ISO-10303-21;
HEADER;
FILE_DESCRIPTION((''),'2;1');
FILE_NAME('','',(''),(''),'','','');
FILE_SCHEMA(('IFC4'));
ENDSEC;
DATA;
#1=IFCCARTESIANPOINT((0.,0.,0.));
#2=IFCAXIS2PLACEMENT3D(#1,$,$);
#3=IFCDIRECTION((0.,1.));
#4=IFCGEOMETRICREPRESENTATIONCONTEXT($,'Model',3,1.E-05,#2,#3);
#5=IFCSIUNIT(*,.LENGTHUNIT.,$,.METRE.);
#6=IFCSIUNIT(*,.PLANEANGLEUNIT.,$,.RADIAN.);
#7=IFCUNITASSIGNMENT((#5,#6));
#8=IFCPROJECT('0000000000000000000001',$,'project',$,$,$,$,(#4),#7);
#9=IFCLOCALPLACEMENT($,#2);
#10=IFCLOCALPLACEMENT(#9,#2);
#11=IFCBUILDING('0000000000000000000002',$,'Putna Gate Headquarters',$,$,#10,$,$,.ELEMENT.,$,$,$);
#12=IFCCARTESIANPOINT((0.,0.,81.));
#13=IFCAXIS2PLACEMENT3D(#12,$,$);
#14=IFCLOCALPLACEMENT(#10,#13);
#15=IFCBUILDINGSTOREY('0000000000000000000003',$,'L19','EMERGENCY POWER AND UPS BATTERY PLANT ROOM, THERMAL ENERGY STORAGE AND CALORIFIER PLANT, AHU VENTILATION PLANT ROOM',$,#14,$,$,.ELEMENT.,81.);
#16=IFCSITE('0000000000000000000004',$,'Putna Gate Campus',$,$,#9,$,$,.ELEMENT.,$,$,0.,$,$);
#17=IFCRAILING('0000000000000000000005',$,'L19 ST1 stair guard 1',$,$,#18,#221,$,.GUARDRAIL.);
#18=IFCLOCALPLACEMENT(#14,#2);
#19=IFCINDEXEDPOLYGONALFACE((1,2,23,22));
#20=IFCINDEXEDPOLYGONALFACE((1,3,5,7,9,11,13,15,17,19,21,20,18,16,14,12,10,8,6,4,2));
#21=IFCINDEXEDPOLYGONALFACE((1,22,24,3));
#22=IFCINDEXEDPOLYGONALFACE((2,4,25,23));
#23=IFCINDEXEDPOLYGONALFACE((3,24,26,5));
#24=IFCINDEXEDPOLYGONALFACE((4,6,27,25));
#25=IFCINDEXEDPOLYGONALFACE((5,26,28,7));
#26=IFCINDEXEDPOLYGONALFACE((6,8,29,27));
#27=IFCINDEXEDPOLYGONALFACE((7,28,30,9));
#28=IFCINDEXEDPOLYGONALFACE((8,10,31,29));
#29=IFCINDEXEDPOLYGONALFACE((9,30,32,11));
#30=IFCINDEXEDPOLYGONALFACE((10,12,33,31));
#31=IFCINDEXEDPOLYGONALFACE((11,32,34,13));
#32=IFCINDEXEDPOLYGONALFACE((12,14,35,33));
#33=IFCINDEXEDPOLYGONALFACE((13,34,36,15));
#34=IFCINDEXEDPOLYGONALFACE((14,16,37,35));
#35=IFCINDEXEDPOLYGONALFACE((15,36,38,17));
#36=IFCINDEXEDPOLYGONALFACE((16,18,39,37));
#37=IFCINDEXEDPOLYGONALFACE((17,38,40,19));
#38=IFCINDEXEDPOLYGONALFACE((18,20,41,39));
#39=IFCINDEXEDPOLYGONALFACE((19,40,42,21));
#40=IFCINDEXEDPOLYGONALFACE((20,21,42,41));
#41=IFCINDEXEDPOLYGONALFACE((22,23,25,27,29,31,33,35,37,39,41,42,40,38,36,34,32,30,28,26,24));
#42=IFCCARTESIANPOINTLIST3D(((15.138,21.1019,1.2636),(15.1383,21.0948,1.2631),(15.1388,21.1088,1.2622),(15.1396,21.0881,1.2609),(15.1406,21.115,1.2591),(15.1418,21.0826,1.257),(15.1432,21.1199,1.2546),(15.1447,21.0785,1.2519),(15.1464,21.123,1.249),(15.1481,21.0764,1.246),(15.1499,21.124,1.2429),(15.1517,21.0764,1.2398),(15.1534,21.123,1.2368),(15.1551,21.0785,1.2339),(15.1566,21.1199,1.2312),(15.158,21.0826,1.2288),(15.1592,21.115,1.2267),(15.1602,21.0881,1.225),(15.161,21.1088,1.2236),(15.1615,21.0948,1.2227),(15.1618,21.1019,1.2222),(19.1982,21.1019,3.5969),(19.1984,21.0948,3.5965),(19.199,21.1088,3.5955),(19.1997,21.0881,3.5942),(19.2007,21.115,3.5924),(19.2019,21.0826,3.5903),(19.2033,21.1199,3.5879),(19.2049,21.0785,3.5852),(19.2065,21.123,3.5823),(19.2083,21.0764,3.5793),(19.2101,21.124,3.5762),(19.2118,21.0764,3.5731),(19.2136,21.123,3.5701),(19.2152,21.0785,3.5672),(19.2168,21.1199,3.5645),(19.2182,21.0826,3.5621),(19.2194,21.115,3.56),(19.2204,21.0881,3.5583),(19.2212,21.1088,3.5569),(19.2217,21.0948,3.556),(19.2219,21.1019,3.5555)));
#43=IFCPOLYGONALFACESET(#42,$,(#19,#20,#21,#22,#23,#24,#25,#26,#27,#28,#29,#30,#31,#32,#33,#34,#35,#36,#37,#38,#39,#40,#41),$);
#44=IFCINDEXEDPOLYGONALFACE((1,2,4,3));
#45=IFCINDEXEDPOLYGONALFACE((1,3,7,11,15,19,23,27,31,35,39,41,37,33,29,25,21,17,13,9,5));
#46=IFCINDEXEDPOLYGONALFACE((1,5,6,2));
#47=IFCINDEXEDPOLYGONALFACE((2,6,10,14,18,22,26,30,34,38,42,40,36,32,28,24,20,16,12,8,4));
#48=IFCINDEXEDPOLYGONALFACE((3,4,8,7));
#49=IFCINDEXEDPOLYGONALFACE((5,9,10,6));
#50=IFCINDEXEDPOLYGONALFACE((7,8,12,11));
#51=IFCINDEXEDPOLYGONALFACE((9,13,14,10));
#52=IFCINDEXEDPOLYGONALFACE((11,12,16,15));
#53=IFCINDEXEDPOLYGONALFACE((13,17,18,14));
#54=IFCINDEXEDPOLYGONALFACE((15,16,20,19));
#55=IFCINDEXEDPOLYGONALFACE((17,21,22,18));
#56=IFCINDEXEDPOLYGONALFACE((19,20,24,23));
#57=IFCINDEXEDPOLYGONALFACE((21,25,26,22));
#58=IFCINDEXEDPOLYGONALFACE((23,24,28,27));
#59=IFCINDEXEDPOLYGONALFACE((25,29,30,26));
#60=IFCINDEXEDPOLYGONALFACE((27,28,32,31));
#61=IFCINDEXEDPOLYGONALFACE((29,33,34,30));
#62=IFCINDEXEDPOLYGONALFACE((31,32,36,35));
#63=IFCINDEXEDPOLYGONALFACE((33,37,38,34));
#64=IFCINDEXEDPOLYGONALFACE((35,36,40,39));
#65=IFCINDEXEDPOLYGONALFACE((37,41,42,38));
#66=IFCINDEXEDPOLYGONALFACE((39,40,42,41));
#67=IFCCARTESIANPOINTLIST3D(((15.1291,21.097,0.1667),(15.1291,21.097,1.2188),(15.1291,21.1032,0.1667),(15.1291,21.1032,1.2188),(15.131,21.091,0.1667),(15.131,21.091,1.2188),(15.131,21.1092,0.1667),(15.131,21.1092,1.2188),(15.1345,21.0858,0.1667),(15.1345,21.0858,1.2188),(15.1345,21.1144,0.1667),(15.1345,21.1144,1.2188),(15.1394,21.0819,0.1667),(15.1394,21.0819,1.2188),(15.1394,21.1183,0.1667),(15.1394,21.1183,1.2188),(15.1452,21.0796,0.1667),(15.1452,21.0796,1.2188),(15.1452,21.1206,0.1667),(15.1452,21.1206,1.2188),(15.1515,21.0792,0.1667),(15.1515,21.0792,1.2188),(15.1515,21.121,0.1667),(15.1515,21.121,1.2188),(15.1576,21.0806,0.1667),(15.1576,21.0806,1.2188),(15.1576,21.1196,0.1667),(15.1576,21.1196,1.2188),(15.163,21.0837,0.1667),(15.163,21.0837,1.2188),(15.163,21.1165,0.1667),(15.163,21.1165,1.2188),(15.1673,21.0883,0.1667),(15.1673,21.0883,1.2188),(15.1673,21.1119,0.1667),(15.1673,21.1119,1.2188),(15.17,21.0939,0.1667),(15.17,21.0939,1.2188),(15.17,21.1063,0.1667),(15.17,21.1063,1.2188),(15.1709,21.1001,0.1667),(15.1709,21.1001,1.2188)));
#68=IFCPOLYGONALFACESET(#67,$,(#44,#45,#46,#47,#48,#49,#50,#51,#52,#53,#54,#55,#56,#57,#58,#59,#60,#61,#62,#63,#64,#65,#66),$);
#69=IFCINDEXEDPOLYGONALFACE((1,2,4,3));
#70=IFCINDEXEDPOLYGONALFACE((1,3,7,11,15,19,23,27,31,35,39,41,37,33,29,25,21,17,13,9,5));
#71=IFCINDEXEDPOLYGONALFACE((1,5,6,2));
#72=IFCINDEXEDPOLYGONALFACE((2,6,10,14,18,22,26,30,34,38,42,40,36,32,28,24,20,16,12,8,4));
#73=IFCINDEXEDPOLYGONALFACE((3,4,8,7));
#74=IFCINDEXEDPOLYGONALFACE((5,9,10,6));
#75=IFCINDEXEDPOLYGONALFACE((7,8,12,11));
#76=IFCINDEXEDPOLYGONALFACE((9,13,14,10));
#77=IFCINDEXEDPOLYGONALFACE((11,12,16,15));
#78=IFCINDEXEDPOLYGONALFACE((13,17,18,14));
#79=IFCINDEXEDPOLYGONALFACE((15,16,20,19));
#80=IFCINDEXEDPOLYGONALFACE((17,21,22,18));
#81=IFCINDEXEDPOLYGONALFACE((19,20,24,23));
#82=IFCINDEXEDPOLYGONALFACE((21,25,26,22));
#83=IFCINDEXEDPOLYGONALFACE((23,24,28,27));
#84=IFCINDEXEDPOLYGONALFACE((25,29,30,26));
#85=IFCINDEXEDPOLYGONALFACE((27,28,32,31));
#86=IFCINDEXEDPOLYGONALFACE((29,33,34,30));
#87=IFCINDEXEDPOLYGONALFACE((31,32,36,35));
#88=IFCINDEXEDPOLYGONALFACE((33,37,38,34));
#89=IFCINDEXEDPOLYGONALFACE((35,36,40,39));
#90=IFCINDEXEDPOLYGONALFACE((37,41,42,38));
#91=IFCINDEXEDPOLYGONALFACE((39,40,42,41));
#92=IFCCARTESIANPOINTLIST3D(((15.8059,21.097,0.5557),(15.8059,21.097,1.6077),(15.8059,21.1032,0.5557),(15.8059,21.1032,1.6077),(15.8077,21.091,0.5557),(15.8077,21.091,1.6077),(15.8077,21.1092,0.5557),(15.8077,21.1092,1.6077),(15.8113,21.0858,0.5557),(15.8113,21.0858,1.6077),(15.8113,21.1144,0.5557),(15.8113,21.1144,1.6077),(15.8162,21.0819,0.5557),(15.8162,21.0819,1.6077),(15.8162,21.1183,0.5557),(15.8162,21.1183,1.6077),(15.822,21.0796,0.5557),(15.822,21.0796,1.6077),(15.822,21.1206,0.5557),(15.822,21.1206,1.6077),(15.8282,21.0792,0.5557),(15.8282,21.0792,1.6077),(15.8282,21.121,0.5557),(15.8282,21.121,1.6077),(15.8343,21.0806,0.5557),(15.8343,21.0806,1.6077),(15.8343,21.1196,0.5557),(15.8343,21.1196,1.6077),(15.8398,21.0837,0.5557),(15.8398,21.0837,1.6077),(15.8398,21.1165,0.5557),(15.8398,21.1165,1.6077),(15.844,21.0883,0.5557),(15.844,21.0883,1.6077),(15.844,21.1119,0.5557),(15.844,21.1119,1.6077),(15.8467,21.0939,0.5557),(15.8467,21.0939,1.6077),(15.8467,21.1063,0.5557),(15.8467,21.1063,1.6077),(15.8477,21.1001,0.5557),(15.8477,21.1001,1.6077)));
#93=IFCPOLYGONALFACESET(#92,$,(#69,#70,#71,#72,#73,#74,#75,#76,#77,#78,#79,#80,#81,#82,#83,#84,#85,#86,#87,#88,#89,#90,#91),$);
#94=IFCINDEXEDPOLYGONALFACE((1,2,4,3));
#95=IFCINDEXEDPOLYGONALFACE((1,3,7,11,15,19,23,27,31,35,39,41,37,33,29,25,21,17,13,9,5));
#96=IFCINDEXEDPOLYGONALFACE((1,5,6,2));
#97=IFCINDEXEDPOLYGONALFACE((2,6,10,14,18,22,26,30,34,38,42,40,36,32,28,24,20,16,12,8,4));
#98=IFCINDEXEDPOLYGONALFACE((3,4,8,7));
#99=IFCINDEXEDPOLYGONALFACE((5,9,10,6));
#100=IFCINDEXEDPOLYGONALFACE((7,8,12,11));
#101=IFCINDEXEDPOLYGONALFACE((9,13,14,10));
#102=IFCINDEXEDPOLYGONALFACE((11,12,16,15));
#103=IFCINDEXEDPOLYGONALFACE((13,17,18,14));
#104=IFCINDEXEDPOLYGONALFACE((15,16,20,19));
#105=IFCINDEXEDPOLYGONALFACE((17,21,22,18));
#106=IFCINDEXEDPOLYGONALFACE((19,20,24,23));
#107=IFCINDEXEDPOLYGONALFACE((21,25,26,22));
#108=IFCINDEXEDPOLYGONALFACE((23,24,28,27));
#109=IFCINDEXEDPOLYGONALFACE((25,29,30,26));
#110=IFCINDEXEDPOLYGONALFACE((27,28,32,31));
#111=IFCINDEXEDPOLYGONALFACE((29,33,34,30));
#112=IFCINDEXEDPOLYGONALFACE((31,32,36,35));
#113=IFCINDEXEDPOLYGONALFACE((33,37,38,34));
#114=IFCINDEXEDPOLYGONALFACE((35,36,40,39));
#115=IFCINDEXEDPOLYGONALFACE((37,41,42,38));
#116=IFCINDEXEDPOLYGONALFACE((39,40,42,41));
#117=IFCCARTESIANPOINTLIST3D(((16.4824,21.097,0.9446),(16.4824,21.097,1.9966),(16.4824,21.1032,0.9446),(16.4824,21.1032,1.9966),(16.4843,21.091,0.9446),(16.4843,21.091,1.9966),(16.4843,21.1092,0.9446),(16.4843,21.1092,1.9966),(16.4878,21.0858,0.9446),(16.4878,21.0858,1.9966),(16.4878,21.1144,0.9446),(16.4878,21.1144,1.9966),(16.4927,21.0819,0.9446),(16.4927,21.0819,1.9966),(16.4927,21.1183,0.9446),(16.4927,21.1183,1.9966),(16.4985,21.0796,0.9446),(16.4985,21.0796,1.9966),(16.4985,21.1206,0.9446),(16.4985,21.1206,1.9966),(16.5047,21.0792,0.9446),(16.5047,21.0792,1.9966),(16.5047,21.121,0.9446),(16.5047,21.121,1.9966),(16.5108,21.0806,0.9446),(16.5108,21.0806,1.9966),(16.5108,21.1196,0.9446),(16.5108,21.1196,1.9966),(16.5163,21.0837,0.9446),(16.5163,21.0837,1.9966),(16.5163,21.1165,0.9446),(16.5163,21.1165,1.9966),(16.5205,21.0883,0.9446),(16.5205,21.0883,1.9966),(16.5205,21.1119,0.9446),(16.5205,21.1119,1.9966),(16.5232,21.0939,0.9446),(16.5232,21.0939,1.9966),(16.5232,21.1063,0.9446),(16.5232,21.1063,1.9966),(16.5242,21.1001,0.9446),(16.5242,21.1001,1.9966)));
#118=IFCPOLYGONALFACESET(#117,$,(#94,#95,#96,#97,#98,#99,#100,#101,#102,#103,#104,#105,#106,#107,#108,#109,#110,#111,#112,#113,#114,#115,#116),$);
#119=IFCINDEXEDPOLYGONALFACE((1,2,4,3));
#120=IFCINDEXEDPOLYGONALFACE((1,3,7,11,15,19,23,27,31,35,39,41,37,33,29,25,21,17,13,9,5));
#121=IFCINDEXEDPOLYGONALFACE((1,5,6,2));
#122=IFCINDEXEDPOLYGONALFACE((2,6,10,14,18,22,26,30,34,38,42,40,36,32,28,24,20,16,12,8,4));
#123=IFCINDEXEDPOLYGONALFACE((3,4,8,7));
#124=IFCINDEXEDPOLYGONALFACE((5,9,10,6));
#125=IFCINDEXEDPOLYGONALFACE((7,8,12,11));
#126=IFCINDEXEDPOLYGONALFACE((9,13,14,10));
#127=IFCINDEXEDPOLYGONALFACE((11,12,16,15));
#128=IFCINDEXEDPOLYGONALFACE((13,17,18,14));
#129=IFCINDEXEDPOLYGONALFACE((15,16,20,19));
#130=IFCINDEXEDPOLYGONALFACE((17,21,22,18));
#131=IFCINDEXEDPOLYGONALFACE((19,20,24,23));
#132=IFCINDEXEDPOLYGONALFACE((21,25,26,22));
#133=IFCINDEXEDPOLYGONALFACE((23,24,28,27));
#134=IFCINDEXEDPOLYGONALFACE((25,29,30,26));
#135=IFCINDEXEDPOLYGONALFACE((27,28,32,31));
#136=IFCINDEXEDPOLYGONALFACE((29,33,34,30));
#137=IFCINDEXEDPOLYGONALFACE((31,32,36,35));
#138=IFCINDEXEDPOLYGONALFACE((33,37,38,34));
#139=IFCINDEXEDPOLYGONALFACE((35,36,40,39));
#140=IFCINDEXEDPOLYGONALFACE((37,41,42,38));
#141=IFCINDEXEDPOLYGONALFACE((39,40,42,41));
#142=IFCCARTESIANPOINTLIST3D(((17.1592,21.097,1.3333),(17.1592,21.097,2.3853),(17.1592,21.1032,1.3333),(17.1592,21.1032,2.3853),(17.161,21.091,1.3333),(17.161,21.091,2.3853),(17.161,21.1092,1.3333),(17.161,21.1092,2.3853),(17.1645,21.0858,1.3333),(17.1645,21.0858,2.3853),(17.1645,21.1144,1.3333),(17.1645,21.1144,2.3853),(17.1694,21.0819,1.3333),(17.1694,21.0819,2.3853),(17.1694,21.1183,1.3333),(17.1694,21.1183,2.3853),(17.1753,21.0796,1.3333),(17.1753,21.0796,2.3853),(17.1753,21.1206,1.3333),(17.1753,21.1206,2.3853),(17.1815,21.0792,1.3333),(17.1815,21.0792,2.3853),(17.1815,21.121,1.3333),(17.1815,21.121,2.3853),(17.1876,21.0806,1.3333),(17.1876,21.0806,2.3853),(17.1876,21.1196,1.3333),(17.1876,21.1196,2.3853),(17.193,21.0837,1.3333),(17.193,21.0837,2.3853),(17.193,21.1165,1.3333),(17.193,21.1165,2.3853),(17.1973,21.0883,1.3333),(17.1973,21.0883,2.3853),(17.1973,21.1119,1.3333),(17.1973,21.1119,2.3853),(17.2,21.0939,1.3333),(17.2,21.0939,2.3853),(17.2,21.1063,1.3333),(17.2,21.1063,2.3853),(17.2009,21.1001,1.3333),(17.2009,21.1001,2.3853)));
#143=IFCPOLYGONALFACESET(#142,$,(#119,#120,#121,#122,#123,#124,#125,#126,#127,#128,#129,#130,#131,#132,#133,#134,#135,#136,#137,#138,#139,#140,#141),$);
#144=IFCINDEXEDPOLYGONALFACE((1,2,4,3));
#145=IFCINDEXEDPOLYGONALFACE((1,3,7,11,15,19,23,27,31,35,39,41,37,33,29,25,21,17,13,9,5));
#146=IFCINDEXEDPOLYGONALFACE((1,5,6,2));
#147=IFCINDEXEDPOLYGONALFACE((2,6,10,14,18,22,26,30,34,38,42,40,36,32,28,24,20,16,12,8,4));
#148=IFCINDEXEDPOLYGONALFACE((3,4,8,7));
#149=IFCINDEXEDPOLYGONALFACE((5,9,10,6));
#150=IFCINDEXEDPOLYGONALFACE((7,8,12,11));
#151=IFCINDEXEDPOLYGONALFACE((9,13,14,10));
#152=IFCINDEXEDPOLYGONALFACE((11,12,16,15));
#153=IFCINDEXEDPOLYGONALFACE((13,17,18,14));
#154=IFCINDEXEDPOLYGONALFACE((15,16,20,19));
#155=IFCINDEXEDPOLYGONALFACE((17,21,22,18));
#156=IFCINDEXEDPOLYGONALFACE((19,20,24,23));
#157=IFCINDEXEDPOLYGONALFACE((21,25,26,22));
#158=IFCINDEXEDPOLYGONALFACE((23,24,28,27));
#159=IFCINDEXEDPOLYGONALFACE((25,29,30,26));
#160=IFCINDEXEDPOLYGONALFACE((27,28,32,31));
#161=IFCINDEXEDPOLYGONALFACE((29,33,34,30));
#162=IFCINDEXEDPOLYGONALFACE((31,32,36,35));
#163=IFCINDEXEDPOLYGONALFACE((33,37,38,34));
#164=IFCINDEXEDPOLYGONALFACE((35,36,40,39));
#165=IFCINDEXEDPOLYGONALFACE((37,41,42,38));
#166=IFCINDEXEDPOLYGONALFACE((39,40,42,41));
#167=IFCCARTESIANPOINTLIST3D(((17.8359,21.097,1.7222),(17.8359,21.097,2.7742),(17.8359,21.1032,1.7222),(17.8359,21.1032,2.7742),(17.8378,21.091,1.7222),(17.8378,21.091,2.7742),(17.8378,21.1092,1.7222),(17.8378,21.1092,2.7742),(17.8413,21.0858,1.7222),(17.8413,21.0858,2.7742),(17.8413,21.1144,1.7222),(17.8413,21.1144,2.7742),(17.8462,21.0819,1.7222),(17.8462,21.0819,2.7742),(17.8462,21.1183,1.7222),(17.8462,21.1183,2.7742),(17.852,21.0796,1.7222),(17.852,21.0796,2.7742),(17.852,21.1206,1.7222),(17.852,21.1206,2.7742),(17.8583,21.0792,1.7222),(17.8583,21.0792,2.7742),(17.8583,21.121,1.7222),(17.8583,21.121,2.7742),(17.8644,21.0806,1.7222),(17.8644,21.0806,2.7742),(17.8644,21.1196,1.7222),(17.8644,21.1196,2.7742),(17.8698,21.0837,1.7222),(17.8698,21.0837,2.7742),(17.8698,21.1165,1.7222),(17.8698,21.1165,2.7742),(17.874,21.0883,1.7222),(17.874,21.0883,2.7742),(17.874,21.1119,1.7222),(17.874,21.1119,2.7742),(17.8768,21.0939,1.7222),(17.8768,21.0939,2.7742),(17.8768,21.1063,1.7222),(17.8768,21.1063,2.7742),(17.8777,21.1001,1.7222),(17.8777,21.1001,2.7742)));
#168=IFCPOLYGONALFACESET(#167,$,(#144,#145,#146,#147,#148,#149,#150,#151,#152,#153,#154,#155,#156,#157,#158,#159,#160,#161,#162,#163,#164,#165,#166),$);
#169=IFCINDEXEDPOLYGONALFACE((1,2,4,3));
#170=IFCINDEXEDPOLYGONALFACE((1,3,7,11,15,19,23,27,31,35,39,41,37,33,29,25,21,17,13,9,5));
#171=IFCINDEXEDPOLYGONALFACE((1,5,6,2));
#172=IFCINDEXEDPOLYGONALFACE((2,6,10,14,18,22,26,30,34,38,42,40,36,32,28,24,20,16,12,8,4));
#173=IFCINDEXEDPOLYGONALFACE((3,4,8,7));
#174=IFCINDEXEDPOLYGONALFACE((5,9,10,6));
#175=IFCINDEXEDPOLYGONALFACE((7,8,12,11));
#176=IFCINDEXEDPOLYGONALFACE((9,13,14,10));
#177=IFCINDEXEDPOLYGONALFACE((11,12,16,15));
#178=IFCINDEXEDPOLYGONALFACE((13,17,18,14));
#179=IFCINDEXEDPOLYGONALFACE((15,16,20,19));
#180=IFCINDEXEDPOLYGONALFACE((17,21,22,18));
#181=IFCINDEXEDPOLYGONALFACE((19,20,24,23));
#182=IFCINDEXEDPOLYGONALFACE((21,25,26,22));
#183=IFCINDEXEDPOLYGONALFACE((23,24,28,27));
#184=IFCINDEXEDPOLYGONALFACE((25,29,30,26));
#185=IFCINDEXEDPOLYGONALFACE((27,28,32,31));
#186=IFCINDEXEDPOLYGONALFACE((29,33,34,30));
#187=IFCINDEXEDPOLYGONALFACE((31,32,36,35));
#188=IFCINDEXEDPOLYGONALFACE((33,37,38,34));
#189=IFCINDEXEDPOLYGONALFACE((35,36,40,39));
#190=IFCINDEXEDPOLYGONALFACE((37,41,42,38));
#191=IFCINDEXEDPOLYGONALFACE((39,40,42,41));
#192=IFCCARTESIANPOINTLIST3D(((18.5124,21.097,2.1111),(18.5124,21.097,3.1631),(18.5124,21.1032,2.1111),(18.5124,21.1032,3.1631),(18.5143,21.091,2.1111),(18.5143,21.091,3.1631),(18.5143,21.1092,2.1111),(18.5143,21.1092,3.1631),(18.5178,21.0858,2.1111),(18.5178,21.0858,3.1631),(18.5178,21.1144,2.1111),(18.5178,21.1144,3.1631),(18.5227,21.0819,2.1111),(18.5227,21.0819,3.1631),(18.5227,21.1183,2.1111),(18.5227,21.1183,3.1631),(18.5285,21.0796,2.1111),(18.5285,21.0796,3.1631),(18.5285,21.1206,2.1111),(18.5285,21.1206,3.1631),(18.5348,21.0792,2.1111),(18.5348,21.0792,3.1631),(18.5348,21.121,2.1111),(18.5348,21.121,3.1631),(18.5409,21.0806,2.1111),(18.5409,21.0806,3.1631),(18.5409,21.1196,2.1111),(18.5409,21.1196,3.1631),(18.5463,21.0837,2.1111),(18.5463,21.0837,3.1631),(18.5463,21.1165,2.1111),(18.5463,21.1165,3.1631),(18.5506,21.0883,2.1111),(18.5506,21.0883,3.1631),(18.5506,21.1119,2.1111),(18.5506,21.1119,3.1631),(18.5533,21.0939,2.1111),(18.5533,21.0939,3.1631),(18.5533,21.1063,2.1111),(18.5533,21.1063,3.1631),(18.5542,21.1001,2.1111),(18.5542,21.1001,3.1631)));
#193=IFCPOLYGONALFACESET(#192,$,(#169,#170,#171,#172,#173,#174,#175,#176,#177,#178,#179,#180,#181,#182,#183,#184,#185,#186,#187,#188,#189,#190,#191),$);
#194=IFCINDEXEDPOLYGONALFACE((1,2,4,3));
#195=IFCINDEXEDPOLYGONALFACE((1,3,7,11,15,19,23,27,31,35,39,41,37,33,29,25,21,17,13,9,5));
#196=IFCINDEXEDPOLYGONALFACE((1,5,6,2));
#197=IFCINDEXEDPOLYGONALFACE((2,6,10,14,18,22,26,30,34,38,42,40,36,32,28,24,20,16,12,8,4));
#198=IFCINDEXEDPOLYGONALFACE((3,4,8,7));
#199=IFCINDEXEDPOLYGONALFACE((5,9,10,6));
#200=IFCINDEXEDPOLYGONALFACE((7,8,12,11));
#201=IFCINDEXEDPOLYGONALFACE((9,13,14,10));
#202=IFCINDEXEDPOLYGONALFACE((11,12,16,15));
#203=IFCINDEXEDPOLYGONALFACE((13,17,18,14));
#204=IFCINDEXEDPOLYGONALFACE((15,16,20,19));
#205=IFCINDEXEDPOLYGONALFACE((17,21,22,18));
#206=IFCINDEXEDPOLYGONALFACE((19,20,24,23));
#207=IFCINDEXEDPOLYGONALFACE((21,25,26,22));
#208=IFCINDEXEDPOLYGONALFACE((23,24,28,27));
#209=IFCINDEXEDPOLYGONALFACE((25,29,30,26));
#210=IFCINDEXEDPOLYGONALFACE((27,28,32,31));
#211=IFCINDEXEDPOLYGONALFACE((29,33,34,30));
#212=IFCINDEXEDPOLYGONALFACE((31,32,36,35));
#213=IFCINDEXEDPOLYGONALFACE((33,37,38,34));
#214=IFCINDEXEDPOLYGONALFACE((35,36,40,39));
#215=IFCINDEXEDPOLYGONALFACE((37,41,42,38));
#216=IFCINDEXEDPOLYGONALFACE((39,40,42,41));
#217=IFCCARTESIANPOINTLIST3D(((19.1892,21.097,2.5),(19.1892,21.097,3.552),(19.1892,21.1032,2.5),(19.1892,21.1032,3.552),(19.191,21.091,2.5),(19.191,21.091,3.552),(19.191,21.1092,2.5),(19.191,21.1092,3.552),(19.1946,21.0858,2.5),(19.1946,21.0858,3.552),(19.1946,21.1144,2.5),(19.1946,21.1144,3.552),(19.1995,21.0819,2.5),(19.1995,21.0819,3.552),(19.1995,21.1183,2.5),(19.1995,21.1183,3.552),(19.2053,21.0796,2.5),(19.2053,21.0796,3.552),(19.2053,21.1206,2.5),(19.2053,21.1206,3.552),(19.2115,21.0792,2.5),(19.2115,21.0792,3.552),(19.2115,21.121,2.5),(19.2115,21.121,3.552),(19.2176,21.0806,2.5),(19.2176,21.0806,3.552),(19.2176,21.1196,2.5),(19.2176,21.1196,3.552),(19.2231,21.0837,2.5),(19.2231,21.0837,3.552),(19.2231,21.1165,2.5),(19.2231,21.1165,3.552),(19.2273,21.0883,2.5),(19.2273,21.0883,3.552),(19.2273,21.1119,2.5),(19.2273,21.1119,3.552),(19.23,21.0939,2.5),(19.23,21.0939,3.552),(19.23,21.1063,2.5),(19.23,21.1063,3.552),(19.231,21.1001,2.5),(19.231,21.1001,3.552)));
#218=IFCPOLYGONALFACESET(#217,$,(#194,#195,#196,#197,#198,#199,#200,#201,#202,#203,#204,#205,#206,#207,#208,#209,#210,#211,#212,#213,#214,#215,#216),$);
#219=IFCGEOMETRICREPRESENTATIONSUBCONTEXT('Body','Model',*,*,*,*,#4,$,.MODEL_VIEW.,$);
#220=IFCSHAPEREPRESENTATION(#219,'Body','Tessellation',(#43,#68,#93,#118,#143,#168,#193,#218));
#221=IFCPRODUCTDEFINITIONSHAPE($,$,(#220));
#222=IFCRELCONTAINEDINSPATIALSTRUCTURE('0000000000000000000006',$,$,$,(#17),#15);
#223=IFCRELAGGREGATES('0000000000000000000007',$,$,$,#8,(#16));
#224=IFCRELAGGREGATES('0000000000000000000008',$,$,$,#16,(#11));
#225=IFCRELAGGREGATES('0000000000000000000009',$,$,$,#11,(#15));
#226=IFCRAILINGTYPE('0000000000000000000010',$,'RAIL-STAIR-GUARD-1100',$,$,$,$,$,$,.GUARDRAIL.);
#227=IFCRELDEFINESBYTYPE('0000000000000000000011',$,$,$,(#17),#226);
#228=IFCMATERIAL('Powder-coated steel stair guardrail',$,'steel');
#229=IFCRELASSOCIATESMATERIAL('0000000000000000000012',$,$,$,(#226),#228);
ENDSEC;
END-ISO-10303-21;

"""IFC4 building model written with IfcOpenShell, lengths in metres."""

from ifc_helpers import new_model, si_unit, direction, frame, origin, origin_2d, place, context, subcontext, project, spatial, circle, extrude, material, type_object, element, save


model = new_model("IFC4")

# Units and contexts
model_context = context("Model", 3, precision=1e-05, world=origin(), true_north=direction((0.0, 1.0)))
body_context = subcontext(model_context, "Body", "Model", "MODEL_VIEW")
ifc_project = project(units=[si_unit("LENGTHUNIT", "METRE"), si_unit("PLANEANGLEUNIT", "RADIAN")], contexts=[model_context])

# Site, building, storey
site_placement = place(None, origin())
site = spatial("IfcSite", under=ifc_project, at=site_placement, Name="Putna Gate Campus", CompositionType="ELEMENT", RefElevation=0.0)
building_placement = place(site_placement, origin())
building = spatial("IfcBuilding", under=site, at=building_placement, Name="Putna Gate Headquarters", CompositionType="ELEMENT")
storey_placement = place(building_placement, frame((0.0, 0.0, 81.0)))
storey = spatial("IfcBuildingStorey", under=building, at=storey_placement, Name="L19", Description="EMERGENCY POWER AND UPS BATTERY PLANT ROOM, THERMAL ENERGY STORAGE AND CALORIFIER PLANT, AHU VENTILATION PLANT ROOM", CompositionType="ELEMENT", Elevation=81.0)

# Railing
ifc_material_1 = material(Name="Powder-coated steel stair guardrail", Category="steel")
railing_type_1 = type_object("IfcRailingType", Name="RAIL-STAIR-GUARD-1100", PredefinedType="GUARDRAIL", material=ifc_material_1)
railing_1_placement = place(storey_placement, frame((15.1499, 21.1001, 0.1667)))
element("IfcRailing", 1, at=railing_1_placement, inside=storey, type_object=railing_type_1, Name="L19 ST1 stair guard 1", PredefinedType="GUARDRAIL", context=body_context, shape_type="SweptSolid", body=[
    extrude(circle(Radius=0.0239, at=origin_2d()), frame((0.0, 0.0, 1.0762), z_axis=(0.867025, 0.0, 0.498265), x_axis=(0.0, 1.0, 0.0)), (0.0, 0.0, 1.0), 4.6829),
    extrude(circle(Radius=0.021, at=origin_2d()), origin(), (0.0, 0.0, 1.0), 1.052),
    extrude(circle(Radius=0.021, at=origin_2d()), frame((0.6768, 0.0, 0.3889)), (0.0, 0.0, 1.0), 1.052),
    extrude(circle(Radius=0.021, at=origin_2d()), frame((1.3533, 0.0, 0.7778)), (0.0, 0.0, 1.0), 1.052),
    extrude(circle(Radius=0.021, at=origin_2d()), frame((2.03, 0.0, 1.1665)), (0.0, 0.0, 1.0), 1.052),
    extrude(circle(Radius=0.021, at=origin_2d()), frame((2.7068, 0.0, 1.5554)), (0.0, 0.0, 1.0), 1.052),
    extrude(circle(Radius=0.021, at=origin_2d()), frame((3.3833, 0.0, 1.9443)), (0.0, 0.0, 1.0), 1.052),
    extrude(circle(Radius=0.021, at=origin_2d()), frame((4.0601, 0.0, 2.3333)), (0.0, 0.0, 1.0), 1.052),
])

save(model, "model.ifc")
